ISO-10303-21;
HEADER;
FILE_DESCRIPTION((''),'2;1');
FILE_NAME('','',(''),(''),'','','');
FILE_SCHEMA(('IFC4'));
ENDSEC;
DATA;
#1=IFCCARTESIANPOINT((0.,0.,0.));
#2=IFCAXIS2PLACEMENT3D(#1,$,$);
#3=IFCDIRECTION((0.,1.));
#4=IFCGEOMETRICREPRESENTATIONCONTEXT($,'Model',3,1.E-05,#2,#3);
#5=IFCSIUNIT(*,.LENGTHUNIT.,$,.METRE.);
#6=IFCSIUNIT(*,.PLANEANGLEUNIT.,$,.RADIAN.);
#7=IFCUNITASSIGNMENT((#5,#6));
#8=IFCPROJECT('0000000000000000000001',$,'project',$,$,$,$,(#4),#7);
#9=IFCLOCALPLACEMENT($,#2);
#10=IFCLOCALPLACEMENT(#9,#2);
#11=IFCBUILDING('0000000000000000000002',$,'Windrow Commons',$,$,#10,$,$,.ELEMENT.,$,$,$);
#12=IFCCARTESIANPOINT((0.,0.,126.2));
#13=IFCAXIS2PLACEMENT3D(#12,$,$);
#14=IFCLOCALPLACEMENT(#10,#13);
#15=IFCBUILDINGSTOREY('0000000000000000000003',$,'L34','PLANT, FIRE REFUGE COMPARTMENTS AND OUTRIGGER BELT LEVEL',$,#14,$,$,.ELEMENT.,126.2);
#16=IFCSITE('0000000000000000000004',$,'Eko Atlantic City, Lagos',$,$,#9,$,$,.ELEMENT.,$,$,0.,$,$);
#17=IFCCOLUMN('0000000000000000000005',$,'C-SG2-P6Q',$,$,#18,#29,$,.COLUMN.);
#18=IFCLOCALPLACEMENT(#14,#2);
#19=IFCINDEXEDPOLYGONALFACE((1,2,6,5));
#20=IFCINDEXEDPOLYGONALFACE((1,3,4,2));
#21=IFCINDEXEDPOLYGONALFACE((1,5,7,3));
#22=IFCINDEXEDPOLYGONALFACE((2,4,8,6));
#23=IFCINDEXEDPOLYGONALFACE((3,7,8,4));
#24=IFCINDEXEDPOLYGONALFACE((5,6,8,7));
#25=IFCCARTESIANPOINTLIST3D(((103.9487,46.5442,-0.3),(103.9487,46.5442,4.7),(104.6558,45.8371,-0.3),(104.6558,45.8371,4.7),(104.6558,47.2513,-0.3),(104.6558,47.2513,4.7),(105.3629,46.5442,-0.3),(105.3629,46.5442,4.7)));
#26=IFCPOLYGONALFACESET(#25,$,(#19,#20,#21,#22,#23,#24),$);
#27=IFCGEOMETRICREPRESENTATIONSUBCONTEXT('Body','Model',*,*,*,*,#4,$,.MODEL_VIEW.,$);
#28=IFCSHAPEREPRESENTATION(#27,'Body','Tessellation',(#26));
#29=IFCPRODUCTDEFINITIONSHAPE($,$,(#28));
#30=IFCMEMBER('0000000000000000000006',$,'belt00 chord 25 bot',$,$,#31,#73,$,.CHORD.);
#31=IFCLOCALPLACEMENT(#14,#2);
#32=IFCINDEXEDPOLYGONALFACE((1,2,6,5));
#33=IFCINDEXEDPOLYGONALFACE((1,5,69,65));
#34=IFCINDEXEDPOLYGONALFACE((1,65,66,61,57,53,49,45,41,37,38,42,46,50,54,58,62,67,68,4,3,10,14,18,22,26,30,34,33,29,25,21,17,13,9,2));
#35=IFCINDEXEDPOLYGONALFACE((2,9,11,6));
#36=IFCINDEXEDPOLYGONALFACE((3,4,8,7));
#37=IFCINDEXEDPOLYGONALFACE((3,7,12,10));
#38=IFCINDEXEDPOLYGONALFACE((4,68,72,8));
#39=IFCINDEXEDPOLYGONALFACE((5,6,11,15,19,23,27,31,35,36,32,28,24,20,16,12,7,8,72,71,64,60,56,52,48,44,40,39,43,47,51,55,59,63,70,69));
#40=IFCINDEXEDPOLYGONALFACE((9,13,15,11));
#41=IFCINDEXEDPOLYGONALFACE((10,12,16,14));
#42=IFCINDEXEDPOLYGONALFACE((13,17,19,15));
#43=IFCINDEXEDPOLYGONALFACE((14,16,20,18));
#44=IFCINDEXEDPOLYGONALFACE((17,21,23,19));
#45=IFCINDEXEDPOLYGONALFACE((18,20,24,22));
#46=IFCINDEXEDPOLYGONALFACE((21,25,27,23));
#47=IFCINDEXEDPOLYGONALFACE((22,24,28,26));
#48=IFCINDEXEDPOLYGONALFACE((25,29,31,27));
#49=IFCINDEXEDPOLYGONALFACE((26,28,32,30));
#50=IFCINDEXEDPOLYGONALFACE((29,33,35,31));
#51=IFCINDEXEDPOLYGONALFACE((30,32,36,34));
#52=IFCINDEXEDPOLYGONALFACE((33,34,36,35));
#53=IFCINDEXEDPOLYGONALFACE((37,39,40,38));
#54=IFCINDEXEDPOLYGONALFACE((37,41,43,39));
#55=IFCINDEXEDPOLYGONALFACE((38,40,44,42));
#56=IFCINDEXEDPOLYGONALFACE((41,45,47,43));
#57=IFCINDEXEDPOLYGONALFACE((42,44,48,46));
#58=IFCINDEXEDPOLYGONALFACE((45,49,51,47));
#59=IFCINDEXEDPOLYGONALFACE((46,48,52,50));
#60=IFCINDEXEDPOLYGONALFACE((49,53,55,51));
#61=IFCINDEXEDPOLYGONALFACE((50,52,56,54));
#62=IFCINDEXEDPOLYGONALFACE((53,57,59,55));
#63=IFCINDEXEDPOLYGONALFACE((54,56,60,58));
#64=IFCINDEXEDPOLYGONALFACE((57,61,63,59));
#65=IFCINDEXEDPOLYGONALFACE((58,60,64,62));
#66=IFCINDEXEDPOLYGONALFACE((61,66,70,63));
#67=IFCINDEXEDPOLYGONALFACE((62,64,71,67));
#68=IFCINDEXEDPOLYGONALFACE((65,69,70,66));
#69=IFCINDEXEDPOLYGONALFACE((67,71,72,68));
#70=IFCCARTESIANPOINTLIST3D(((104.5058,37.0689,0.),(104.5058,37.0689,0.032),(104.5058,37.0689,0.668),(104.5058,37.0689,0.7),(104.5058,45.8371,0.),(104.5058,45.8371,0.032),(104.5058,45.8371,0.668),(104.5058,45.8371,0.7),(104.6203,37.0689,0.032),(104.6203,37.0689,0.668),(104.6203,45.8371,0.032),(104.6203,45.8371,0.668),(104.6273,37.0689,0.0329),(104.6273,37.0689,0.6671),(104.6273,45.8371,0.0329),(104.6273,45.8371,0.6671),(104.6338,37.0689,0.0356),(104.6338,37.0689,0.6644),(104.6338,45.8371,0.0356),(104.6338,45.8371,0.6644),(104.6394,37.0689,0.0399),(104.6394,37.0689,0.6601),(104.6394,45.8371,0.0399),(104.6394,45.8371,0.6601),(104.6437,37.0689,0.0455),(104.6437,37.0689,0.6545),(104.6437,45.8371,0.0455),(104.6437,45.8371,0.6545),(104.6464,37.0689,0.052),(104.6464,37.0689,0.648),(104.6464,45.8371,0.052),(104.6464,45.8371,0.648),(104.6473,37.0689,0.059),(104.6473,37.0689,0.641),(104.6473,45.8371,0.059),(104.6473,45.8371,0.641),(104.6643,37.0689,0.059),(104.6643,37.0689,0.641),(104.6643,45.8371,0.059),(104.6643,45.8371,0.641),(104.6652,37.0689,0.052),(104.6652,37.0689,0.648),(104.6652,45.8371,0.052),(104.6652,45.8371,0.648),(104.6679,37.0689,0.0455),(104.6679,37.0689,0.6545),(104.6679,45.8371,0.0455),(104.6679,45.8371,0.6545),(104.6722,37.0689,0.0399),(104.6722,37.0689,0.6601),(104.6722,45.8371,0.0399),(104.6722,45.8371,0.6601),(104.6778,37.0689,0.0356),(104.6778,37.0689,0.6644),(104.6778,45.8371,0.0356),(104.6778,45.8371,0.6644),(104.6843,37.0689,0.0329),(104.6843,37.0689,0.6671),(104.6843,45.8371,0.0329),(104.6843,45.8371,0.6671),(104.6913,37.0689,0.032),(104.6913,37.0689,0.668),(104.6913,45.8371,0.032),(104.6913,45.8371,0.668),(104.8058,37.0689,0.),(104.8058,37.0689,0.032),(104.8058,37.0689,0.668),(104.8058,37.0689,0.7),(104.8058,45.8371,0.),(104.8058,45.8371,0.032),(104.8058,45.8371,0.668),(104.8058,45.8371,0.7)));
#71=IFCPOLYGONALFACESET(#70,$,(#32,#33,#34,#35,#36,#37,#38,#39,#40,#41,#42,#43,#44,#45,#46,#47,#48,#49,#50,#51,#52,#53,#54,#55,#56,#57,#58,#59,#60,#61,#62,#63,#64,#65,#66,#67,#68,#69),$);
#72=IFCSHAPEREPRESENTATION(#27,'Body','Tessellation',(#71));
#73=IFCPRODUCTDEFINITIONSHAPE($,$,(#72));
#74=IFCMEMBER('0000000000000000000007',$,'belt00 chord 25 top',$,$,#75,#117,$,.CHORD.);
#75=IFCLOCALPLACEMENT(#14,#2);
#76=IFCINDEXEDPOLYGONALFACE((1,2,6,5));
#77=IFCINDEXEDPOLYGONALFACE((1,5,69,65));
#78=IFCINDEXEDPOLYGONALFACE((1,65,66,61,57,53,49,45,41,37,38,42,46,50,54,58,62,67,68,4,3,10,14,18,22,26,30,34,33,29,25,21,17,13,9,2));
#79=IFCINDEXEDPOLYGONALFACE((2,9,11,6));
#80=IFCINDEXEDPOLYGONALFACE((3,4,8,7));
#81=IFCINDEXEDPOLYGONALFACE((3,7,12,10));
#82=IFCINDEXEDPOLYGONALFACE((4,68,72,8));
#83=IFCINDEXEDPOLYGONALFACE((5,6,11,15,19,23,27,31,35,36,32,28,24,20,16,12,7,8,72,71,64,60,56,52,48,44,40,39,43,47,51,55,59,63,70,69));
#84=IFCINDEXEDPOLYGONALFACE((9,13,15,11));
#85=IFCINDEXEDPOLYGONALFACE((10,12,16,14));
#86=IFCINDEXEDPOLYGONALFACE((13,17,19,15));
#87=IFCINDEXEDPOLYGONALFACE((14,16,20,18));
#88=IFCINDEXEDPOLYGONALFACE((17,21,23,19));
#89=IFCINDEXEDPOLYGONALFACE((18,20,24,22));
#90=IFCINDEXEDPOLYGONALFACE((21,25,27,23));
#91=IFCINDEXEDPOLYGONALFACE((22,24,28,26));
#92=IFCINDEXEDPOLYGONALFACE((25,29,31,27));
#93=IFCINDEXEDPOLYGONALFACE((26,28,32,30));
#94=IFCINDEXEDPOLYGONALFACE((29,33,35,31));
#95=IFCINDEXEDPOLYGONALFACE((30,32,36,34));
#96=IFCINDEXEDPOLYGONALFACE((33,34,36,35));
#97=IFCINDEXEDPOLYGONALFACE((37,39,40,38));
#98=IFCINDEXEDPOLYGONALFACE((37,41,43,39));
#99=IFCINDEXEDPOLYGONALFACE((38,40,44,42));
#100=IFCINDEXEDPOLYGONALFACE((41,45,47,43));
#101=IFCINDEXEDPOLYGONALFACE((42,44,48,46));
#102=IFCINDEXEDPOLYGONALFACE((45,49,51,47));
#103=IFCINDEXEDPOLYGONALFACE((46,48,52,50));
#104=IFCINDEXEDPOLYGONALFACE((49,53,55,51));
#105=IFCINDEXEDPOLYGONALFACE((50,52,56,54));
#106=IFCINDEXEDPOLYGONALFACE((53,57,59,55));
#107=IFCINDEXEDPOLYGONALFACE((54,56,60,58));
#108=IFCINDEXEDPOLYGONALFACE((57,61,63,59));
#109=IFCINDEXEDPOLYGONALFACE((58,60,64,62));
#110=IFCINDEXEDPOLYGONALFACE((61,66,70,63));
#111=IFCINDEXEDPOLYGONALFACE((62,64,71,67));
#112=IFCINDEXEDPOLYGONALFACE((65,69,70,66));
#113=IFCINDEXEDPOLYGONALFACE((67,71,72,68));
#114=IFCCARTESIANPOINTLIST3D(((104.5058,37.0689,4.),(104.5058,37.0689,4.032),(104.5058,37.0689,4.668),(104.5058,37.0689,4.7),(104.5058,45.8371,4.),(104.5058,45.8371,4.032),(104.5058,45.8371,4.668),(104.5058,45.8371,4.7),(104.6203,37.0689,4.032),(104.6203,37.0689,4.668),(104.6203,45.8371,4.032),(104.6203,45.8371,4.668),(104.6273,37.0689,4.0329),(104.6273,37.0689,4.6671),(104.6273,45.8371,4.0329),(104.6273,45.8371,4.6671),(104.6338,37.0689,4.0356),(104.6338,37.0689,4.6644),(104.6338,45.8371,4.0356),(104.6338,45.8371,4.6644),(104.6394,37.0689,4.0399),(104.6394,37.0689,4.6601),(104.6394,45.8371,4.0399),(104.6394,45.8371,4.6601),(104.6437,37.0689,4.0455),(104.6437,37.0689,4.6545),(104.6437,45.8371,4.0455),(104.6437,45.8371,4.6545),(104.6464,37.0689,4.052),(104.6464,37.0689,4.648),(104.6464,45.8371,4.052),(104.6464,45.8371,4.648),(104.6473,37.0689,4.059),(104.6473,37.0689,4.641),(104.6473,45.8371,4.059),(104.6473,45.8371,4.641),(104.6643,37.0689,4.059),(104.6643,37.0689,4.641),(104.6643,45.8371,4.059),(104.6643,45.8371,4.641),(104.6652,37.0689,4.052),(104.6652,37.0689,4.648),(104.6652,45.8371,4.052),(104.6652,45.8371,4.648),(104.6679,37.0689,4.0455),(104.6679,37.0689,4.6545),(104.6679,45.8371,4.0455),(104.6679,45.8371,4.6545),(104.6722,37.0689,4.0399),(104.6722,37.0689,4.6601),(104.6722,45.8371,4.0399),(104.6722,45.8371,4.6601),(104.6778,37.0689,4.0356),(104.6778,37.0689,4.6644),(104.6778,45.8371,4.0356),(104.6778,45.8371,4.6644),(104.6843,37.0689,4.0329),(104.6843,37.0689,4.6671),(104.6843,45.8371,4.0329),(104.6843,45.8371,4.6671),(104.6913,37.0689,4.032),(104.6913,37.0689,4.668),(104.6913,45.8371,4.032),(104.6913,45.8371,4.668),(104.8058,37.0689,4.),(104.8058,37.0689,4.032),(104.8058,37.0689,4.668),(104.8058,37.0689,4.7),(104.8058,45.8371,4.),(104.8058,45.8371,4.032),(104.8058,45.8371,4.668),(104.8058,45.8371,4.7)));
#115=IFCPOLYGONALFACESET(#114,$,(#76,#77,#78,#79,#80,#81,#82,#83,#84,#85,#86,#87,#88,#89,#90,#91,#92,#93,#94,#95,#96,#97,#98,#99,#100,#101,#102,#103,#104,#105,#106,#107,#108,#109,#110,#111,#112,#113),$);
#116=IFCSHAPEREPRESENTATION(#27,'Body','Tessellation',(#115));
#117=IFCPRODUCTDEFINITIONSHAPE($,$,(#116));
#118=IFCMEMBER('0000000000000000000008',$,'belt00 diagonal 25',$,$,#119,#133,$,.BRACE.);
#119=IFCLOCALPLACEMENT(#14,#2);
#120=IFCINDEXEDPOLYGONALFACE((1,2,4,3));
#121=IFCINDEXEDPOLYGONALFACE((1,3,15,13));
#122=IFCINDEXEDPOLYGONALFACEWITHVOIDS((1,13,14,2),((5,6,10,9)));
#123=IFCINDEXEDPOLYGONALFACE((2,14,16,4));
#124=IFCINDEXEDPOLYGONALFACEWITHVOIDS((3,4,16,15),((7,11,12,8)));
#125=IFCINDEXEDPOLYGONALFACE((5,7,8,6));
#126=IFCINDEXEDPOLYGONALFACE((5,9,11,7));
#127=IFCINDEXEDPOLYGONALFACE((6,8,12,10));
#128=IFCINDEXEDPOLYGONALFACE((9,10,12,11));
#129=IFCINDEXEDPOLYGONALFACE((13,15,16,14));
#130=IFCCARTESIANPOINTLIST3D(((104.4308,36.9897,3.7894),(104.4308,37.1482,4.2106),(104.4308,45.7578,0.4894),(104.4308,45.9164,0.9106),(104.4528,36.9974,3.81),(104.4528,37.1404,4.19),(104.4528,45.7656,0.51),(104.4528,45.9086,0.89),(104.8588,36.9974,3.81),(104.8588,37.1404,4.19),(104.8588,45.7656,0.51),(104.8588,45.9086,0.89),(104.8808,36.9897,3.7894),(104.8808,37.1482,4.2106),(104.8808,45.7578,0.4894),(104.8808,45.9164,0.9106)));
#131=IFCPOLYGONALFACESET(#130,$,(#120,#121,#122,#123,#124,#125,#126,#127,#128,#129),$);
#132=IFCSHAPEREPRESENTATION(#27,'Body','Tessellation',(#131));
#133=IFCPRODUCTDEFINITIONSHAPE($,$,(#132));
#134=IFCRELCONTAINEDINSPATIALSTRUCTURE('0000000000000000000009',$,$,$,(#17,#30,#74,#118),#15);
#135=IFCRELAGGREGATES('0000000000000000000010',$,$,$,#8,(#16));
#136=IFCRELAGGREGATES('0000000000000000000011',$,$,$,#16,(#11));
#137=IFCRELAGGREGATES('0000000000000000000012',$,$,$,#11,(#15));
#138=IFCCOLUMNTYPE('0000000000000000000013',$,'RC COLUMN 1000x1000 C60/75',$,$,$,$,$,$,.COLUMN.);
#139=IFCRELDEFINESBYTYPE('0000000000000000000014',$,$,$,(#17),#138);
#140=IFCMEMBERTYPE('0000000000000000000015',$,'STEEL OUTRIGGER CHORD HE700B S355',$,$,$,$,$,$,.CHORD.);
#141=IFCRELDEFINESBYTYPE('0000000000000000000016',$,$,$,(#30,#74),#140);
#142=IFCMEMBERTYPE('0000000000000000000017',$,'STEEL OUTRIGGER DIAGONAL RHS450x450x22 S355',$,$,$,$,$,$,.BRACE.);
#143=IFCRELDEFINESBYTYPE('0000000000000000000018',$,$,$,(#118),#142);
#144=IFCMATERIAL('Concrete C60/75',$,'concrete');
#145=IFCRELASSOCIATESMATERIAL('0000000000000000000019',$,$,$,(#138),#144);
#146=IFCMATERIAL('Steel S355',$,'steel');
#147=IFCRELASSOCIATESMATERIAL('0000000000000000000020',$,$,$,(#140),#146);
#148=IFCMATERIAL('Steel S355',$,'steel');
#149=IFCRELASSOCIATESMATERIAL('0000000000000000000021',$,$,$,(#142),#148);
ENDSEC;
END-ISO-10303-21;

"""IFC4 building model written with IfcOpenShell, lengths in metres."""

from ifc_helpers import new_model, si_unit, direction, frame, origin, origin_2d, place, context, subcontext, project, spatial, rectangle, hollow_rectangle, i_section, extrude, material, material_profile, profile_set, type_object, element, save


model = new_model("IFC4")

# Units and contexts
model_context = context("Model", 3, precision=1e-05, world=origin(), true_north=direction((0.0, 1.0)))
body_context = subcontext(model_context, "Body", "Model", "MODEL_VIEW")
ifc_project = project(units=[si_unit("LENGTHUNIT", "METRE"), si_unit("PLANEANGLEUNIT", "RADIAN")], contexts=[model_context])

# Site, building, storey
site_placement = place(None, origin())
site = spatial("IfcSite", under=ifc_project, at=site_placement, Name="Eko Atlantic City, Lagos", CompositionType="ELEMENT", RefElevation=0.0)
building_placement = place(site_placement, origin())
building = spatial("IfcBuilding", under=site, at=building_placement, Name="Windrow Commons", CompositionType="ELEMENT")
storey_placement = place(building_placement, frame((0.0, 0.0, 126.2)))
storey = spatial("IfcBuildingStorey", under=building, at=storey_placement, Name="L34", Description="PLANT, FIRE REFUGE COMPARTMENTS AND OUTRIGGER BELT LEVEL", CompositionType="ELEMENT", Elevation=126.2)

# Column
ifc_material_1 = material(Name="Concrete C60/75", Category="concrete")
ifc_material_profile_1 = material_profile(ifc_material_1, rectangle(XDim=1.0, YDim=1.0, at=origin_2d()))
ifc_profile_set_1 = profile_set([ifc_material_profile_1], Name="Concrete C60/75")
column_type = type_object("IfcColumnType", Name="RC COLUMN 1000x1000 C60/75", PredefinedType="COLUMN", material=ifc_profile_set_1)
column_placement = place(storey_placement, frame((104.6558, 46.5442, -0.3), z_axis=(0.0, 0.0, 1.0), x_axis=(0.707107, -0.707107, 0.0)))
element("IfcColumn", 1, at=column_placement, inside=storey, type_object=column_type, Name="C-SG2-P6Q", PredefinedType="COLUMN", context=body_context, shape_type="SweptSolid", body=[
    extrude(rectangle(XDim=1.0, YDim=1.0, at=origin_2d()), origin(), (0.0, 0.0, 1.0), 5.0),
])

# Members
ifc_material_2 = material(Name="Steel S355", Category="steel")
ifc_material_profile_2 = material_profile(ifc_material_2, i_section(OverallWidth=0.3, OverallDepth=0.7, WebThickness=0.017, FlangeThickness=0.032, FilletRadius=0.027, at=origin_2d()))
ifc_profile_set_2 = profile_set([ifc_material_profile_2], Name="Steel S355")
member_type_1 = type_object("IfcMemberType", Name="STEEL OUTRIGGER CHORD HE700B S355", PredefinedType="CHORD", material=ifc_profile_set_2)
for number, where, z_axis, x_axis, name in (
    (2, (104.6558, 45.8371, 0.35), (0.0, -1.0, 0.0), (1.0, 0.0, 0.0), "belt00 chord 25 bot"),
    (3, (104.6558, 45.8371, 4.35), (0.0, -1.0, 0.0), (1.0, 0.0, 0.0), "belt00 chord 25 top"),
):
    element("IfcMember", number, at=place(storey_placement, frame(where, z_axis=z_axis, x_axis=x_axis)), inside=storey, type_object=member_type_1, Name=name, PredefinedType="CHORD", context=body_context, shape_type="SweptSolid", body=[
        extrude(i_section(OverallWidth=0.3, OverallDepth=0.7, WebThickness=0.017, FlangeThickness=0.032, FilletRadius=0.027, at=origin_2d()), origin(), (0.0, 0.0, 1.0), 8.7682),
    ])
ifc_material_3 = material(Name="Steel S355", Category="steel")
ifc_material_profile_3 = material_profile(ifc_material_3, hollow_rectangle(XDim=0.45, YDim=0.45, WallThickness=0.022, at=origin_2d()))
ifc_profile_set_3 = profile_set([ifc_material_profile_3], Name="Steel S355")
member_type_2 = type_object("IfcMemberType", Name="STEEL OUTRIGGER DIAGONAL RHS450x450x22 S355", PredefinedType="BRACE", material=ifc_profile_set_3)
member_placement = place(storey_placement, frame((104.6558, 45.8371, 0.7), z_axis=(0.0, -0.93591, 0.352239), x_axis=(1.0, 0.0, 0.0)))
element("IfcMember", 4, at=member_placement, inside=storey, type_object=member_type_2, Name="belt00 diagonal 25", PredefinedType="BRACE", context=body_context, shape_type="SweptSolid", body=[
    extrude(hollow_rectangle(XDim=0.45, YDim=0.45, WallThickness=0.022, at=origin_2d()), origin(), (0.0, 0.0, 1.0), 9.3686),
])

save(model, "model.ifc")
